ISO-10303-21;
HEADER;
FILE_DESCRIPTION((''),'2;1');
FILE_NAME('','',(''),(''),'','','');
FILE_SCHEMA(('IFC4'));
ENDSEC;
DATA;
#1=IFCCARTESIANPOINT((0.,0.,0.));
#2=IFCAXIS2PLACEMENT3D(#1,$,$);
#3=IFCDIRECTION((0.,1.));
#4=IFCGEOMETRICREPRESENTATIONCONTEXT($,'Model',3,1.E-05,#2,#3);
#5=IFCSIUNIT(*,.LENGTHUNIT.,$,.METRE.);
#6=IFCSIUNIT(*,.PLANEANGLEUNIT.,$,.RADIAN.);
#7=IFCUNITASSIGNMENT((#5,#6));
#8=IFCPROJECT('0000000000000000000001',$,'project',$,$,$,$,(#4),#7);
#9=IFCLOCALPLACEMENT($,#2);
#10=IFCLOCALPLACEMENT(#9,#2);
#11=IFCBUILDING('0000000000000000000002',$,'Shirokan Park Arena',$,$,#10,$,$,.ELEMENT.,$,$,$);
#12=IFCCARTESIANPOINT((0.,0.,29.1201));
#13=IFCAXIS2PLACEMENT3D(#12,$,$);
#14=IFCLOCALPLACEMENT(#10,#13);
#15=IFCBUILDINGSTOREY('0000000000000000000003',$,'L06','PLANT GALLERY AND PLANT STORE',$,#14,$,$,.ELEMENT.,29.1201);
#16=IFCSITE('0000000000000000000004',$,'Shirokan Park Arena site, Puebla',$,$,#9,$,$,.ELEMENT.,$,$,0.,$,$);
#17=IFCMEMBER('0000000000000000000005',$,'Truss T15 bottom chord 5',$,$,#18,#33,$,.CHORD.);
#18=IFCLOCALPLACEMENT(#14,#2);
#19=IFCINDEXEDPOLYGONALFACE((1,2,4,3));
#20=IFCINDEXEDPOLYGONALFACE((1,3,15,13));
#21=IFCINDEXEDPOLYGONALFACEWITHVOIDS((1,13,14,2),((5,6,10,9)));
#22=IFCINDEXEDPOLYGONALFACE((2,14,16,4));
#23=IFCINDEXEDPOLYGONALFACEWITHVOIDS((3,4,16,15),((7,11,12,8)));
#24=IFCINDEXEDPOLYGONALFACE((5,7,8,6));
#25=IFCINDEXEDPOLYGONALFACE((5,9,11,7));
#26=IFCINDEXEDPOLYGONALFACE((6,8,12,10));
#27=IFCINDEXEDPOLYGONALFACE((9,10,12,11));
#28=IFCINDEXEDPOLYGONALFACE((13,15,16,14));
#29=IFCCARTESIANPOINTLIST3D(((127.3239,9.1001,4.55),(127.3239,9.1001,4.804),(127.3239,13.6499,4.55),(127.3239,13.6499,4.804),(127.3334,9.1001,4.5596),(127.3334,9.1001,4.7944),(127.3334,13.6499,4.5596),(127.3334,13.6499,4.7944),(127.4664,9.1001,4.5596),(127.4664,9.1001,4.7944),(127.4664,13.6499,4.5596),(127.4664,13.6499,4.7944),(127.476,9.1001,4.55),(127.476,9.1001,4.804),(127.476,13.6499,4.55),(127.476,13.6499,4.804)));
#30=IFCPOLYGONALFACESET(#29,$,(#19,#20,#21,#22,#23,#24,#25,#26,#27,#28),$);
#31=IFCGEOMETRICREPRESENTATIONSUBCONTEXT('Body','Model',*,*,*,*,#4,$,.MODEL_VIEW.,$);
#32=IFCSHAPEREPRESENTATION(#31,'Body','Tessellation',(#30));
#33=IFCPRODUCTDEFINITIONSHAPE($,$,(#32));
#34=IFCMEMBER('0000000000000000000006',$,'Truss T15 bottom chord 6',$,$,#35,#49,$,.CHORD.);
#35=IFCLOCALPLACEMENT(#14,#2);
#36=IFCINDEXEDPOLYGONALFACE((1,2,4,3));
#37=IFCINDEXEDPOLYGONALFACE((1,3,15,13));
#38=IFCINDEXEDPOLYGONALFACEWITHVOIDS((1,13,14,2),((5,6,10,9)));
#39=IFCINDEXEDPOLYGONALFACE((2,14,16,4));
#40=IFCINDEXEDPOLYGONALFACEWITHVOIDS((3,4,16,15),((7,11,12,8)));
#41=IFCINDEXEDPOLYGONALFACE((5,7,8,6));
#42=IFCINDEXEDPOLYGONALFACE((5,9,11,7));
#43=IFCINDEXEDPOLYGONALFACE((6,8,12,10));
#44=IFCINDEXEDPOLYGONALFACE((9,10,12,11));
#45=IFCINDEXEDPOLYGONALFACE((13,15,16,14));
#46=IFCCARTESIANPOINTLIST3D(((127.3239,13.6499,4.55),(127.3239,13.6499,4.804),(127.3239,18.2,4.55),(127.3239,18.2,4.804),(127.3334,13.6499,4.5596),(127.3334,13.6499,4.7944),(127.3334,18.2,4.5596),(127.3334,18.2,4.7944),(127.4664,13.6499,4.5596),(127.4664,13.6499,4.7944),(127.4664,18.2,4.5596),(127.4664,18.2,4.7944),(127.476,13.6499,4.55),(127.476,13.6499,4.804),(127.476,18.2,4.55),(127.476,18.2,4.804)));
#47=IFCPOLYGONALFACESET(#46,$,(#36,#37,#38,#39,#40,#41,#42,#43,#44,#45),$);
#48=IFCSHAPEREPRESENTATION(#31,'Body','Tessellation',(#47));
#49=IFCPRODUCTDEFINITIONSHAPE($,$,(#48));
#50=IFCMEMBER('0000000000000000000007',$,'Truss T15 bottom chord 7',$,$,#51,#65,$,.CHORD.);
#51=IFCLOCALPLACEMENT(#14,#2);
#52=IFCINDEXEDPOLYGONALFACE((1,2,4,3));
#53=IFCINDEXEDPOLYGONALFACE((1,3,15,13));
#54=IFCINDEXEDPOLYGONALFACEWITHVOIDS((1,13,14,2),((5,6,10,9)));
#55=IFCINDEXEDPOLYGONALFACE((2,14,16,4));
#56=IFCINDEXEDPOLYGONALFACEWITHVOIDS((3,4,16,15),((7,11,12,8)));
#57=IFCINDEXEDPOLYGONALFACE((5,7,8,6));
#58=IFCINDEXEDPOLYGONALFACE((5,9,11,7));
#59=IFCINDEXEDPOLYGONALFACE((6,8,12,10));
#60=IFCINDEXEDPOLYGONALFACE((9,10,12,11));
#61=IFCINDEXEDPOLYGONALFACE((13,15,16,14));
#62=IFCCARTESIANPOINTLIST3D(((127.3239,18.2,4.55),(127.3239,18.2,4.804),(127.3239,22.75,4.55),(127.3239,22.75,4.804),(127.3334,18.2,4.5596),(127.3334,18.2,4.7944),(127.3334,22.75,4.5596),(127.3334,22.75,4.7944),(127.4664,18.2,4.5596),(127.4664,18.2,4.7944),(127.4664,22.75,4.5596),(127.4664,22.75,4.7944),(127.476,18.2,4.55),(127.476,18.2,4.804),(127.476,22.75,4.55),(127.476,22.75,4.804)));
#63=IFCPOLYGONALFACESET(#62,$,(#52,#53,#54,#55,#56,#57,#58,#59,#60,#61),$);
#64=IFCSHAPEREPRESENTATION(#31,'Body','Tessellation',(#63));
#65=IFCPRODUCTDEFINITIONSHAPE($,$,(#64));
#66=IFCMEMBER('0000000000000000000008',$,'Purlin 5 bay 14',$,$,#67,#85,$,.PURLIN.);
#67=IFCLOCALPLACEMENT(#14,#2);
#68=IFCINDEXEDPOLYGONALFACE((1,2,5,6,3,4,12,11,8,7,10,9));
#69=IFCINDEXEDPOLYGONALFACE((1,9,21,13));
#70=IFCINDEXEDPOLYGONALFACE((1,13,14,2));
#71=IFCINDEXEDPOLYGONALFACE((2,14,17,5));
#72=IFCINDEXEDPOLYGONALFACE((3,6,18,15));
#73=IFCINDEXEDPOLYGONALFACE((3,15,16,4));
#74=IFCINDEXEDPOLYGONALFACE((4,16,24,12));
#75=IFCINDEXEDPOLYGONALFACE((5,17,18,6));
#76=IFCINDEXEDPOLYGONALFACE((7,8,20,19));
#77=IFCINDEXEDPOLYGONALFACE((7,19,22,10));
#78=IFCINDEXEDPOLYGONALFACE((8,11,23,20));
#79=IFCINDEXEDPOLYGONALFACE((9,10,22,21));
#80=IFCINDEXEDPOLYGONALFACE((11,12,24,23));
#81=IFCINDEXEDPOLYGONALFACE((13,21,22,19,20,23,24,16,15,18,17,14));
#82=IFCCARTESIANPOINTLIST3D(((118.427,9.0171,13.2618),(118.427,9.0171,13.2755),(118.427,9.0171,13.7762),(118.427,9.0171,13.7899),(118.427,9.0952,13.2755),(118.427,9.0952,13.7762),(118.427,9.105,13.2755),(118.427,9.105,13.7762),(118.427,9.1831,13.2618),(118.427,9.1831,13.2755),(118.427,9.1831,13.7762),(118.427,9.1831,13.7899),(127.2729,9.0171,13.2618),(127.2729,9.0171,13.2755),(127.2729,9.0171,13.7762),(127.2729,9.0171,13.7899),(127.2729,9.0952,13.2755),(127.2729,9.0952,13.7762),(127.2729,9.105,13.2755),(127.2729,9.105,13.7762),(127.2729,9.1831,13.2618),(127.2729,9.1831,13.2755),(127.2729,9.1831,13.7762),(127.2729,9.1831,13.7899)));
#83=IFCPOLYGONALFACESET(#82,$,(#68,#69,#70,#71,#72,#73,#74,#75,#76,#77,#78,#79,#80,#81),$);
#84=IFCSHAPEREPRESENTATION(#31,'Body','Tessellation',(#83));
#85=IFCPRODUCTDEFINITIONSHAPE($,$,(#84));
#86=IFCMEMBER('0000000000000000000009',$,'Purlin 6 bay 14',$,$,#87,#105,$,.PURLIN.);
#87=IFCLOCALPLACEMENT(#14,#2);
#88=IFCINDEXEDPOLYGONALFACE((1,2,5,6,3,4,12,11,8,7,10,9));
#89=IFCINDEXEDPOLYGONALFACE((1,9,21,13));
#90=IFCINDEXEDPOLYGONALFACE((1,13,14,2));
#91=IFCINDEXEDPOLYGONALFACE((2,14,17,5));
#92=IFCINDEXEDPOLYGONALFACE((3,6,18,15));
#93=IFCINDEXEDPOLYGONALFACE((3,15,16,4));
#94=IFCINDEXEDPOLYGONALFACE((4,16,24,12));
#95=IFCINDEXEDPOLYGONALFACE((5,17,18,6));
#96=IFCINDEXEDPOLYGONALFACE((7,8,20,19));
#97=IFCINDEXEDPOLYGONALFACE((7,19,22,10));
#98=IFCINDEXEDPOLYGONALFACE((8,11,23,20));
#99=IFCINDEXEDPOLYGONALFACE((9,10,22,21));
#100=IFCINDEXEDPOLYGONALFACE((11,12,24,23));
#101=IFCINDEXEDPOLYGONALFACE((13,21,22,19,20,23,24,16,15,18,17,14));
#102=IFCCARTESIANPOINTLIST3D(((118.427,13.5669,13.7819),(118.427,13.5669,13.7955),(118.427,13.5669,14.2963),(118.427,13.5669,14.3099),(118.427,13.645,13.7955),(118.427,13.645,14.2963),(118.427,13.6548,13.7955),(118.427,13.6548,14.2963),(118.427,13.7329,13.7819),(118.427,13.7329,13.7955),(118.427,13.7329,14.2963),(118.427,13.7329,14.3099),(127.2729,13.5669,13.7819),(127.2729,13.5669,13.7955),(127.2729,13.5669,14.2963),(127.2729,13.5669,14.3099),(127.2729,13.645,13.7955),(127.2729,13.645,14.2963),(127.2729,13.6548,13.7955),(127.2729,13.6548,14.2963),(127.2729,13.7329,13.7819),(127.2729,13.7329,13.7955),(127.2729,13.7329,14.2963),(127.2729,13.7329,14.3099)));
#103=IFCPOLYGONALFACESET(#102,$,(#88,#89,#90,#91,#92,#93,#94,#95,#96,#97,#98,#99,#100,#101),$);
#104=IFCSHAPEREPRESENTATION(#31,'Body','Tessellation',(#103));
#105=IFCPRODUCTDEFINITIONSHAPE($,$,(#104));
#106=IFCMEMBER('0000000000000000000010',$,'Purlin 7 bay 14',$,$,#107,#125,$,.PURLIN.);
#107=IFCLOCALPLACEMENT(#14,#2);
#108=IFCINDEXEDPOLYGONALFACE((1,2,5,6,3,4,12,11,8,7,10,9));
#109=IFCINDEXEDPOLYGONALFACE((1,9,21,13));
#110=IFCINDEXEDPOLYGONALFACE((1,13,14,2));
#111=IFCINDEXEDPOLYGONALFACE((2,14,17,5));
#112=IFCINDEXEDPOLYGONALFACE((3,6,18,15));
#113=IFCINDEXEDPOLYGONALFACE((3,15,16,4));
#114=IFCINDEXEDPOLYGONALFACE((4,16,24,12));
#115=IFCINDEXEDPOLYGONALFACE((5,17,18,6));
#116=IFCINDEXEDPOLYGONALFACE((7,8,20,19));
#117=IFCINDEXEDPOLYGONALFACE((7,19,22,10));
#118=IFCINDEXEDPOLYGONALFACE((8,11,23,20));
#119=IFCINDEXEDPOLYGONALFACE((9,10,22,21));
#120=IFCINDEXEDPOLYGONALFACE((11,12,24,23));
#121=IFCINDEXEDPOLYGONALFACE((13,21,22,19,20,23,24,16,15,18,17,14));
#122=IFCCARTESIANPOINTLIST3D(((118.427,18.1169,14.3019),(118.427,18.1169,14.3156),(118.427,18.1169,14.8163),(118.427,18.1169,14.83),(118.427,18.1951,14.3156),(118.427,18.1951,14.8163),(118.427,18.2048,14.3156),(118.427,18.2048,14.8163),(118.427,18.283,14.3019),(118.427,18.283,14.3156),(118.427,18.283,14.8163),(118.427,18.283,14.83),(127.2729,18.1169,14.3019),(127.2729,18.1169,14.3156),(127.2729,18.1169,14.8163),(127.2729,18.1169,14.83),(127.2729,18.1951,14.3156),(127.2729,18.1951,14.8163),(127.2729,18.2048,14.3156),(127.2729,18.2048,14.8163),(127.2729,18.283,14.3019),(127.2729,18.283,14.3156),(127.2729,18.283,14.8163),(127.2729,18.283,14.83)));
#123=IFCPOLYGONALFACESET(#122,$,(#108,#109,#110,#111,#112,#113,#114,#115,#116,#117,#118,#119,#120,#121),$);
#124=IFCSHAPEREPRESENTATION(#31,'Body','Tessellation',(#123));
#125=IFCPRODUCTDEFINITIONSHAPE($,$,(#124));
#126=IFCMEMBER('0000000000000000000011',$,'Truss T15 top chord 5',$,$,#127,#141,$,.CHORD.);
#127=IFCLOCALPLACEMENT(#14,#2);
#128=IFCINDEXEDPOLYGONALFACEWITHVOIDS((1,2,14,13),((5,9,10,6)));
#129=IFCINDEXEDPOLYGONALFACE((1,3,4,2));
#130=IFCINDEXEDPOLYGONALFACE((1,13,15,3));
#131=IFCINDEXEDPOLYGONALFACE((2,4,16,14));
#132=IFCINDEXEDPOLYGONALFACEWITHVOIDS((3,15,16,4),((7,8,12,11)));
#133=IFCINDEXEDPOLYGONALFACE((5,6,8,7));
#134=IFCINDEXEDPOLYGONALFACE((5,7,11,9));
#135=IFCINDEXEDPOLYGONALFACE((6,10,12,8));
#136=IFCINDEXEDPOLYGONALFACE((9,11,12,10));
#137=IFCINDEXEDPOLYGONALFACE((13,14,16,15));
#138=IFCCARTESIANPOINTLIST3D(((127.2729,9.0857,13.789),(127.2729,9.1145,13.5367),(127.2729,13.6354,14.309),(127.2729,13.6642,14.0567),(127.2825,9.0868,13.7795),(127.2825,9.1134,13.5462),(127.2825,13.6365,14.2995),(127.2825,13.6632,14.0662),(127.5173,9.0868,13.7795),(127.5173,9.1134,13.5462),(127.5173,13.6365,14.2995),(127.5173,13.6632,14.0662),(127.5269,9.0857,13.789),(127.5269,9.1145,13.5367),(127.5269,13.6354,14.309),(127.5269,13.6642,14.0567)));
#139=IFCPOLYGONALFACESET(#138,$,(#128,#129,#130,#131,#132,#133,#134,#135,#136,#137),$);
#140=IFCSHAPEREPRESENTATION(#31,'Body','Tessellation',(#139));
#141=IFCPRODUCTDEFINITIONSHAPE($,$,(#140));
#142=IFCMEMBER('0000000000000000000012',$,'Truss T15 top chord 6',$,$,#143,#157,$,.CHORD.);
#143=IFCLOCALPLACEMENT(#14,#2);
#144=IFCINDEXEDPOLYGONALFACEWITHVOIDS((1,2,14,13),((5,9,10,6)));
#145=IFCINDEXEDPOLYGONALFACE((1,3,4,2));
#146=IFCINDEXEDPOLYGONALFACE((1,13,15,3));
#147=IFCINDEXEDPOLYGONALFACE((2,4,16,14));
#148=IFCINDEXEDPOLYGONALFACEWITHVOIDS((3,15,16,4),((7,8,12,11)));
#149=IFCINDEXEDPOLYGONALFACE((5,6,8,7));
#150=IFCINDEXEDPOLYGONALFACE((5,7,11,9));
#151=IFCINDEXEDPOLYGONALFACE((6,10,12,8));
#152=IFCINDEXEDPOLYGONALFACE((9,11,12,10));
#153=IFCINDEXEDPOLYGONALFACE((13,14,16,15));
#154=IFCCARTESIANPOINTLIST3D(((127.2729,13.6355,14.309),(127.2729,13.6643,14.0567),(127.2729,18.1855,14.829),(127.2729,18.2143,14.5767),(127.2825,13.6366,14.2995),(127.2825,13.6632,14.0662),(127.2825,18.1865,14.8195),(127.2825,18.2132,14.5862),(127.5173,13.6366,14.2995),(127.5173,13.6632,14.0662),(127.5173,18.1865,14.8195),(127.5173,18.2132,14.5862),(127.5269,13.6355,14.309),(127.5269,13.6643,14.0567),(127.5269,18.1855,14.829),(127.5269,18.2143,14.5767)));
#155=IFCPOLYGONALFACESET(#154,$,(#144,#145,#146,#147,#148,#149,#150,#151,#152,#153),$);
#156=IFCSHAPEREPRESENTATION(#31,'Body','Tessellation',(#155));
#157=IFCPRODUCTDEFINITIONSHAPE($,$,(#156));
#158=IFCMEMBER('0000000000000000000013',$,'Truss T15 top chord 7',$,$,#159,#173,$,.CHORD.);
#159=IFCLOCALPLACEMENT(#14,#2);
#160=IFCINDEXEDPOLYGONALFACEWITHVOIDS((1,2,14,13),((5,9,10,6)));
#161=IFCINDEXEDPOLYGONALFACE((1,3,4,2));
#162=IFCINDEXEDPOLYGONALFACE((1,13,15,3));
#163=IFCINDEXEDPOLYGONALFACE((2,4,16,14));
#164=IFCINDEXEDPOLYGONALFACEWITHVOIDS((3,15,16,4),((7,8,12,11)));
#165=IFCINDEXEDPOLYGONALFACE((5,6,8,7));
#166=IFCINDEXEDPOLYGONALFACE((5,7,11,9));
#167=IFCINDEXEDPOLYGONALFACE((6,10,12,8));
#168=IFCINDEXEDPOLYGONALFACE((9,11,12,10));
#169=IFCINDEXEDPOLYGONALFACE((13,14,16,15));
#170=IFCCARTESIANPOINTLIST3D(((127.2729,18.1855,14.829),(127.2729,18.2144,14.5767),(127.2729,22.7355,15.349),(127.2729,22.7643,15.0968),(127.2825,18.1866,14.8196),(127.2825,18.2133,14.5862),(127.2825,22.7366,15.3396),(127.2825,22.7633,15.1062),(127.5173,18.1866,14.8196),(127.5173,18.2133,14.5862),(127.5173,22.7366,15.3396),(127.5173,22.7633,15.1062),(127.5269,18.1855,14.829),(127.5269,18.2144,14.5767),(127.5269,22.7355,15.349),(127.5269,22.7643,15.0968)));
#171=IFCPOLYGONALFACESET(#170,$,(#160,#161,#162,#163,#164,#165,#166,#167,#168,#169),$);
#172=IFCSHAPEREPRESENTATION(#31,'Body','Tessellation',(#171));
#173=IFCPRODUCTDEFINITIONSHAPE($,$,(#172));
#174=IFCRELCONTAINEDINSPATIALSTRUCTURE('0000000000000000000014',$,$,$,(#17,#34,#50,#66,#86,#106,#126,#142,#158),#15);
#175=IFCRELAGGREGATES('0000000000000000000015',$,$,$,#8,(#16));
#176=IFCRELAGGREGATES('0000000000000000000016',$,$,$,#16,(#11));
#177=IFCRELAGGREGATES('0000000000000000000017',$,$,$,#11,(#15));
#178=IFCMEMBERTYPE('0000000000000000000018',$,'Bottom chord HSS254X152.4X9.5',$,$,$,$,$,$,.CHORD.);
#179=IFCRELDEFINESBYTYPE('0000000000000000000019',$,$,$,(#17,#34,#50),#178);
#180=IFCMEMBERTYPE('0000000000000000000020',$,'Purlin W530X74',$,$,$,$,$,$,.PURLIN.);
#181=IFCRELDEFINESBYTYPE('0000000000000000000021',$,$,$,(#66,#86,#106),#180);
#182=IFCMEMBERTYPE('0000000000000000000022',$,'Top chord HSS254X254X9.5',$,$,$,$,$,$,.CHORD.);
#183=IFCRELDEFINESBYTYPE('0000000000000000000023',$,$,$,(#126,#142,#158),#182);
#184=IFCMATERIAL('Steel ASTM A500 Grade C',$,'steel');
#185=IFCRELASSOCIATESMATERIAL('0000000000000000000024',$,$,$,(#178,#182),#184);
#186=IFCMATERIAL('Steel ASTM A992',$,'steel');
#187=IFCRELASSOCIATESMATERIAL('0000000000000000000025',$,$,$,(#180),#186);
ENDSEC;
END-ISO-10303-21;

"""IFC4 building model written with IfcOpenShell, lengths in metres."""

from ifc_helpers import new_model, si_unit, direction, frame, origin, origin_2d, place, context, subcontext, project, spatial, hollow_rectangle, i_section, extrude, material, material_profile, profile_set, type_object, element, save


model = new_model("IFC4")

# Units and contexts
model_context = context("Model", 3, precision=1e-05, world=origin(), true_north=direction((0.0, 1.0)))
body_context = subcontext(model_context, "Body", "Model", "MODEL_VIEW")
ifc_project = project(units=[si_unit("LENGTHUNIT", "METRE"), si_unit("PLANEANGLEUNIT", "RADIAN")], contexts=[model_context])

# Site, building, storey
site_placement = place(None, origin())
site = spatial("IfcSite", under=ifc_project, at=site_placement, Name="Shirokan Park Arena site, Puebla", CompositionType="ELEMENT", RefElevation=0.0)
building_placement = place(site_placement, origin())
building = spatial("IfcBuilding", under=site, at=building_placement, Name="Shirokan Park Arena", CompositionType="ELEMENT")
storey_placement = place(building_placement, frame((0.0, 0.0, 29.1201)))
storey = spatial("IfcBuildingStorey", under=building, at=storey_placement, Name="L06", Description="PLANT GALLERY AND PLANT STORE", CompositionType="ELEMENT", Elevation=29.1201)

# Members
ifc_material_1 = material(Name="Steel ASTM A500 Grade C", Category="steel")
ifc_material_profile_1 = material_profile(ifc_material_1, hollow_rectangle(XDim=0.1521, YDim=0.2539, WallThickness=0.0095, at=origin_2d()), Name="HSS254X152.4X9.5")
ifc_profile_set_1 = profile_set([ifc_material_profile_1], Name="Steel ASTM A500 Grade C")
member_type_1 = type_object("IfcMemberType", Name="Bottom chord HSS254X152.4X9.5", PredefinedType="CHORD", material=ifc_profile_set_1)
member_1_placement = place(storey_placement, frame((127.3999, 9.1001, 4.677), z_axis=(0.0, 1.0, 0.0), x_axis=(-1.0, 0.0, 0.0)))
element("IfcMember", 1, at=member_1_placement, inside=storey, type_object=member_type_1, Name="Truss T15 bottom chord 5", PredefinedType="CHORD", context=body_context, shape_type="SweptSolid", body=[
    extrude(hollow_rectangle(XDim=0.1521, YDim=0.2539, WallThickness=0.0095, at=origin_2d()), origin(), (0.0, 0.0, 1.0), 4.5498),
])
for number, where, z_axis, x_axis, name in (
    (2, (127.3999, 13.6499, 4.677), (0.0, 1.0, 0.0), (-1.0, 0.0, 0.0), "Truss T15 bottom chord 6"),
    (3, (127.3999, 18.2, 4.677), (0.0, 1.0, 0.0), (-1.0, 0.0, 0.0), "Truss T15 bottom chord 7"),
):
    element("IfcMember", number, at=place(storey_placement, frame(where, z_axis=z_axis, x_axis=x_axis)), inside=storey, type_object=member_type_1, Name=name, PredefinedType="CHORD", context=body_context, shape_type="SweptSolid", body=[
        extrude(hollow_rectangle(XDim=0.1521, YDim=0.2539, WallThickness=0.0095, at=origin_2d()), origin(), (0.0, 0.0, 1.0), 4.55),
    ])
ifc_material_2 = material(Name="Steel ASTM A992", Category="steel")
ifc_material_profile_2 = material_profile(ifc_material_2, i_section(OverallWidth=0.166, OverallDepth=0.5281, WebThickness=0.0098, FlangeThickness=0.0137, at=origin_2d()), Name="W530X74")
ifc_profile_set_2 = profile_set([ifc_material_profile_2], Name="Steel ASTM A992")
member_type_2 = type_object("IfcMemberType", Name="Purlin W530X74", PredefinedType="PURLIN", material=ifc_profile_set_2)
for number, where, z_axis, x_axis, name in (
    (4, (118.427, 9.1001, 13.5259), (1.0, 0.0, 0.0), (0.0, 1.0, 0.0), "Purlin 5 bay 14"),
    (5, (118.427, 13.6499, 14.0459), (1.0, 0.0, 0.0), (0.0, 1.0, 0.0), "Purlin 6 bay 14"),
    (6, (118.427, 18.2, 14.5659), (1.0, 0.0, 0.0), (0.0, 1.0, 0.0), "Purlin 7 bay 14"),
):
    element("IfcMember", number, at=place(storey_placement, frame(where, z_axis=z_axis, x_axis=x_axis)), inside=storey, type_object=member_type_2, Name=name, PredefinedType="PURLIN", context=body_context, shape_type="SweptSolid", body=[
        extrude(i_section(OverallWidth=0.166, OverallDepth=0.5281, WebThickness=0.0098, FlangeThickness=0.0137, at=origin_2d()), origin(), (0.0, 0.0, 1.0), 8.8459),
    ])
ifc_material_profile_3 = material_profile(ifc_material_1, hollow_rectangle(XDim=0.2539, YDim=0.2539, WallThickness=0.0095, at=origin_2d()), Name="HSS254X254X9.5")
ifc_profile_set_3 = profile_set([ifc_material_profile_3], Name="Steel ASTM A500 Grade C")
member_type_3 = type_object("IfcMemberType", Name="Top chord HSS254X254X9.5", PredefinedType="CHORD", material=ifc_profile_set_3)
member_2_placement = place(storey_placement, frame((127.3999, 9.1001, 13.6628), z_axis=(0.0, 0.993532, 0.113556), x_axis=(-1.0, 0.0, 0.0)))
element("IfcMember", 7, at=member_2_placement, inside=storey, type_object=member_type_3, Name="Truss T15 top chord 5", PredefinedType="CHORD", context=body_context, shape_type="SweptSolid", body=[
    extrude(hollow_rectangle(XDim=0.2539, YDim=0.2539, WallThickness=0.0095, at=origin_2d()), origin(), (0.0, 0.0, 1.0), 4.5793),
])
for number, where, z_axis, x_axis, name in (
    (8, (127.3999, 13.6499, 14.1829), (0.0, 0.993532, 0.11355), (-1.0, 0.0, 0.0), "Truss T15 top chord 6"),
    (9, (127.3999, 18.2, 14.7029), (0.0, 0.993532, 0.11355), (-1.0, 0.0, 0.0), "Truss T15 top chord 7"),
):
    element("IfcMember", number, at=place(storey_placement, frame(where, z_axis=z_axis, x_axis=x_axis)), inside=storey, type_object=member_type_3, Name=name, PredefinedType="CHORD", context=body_context, shape_type="SweptSolid", body=[
        extrude(hollow_rectangle(XDim=0.2539, YDim=0.2539, WallThickness=0.0095, at=origin_2d()), origin(), (0.0, 0.0, 1.0), 4.5796),
    ])

save(model, "model.ifc")
